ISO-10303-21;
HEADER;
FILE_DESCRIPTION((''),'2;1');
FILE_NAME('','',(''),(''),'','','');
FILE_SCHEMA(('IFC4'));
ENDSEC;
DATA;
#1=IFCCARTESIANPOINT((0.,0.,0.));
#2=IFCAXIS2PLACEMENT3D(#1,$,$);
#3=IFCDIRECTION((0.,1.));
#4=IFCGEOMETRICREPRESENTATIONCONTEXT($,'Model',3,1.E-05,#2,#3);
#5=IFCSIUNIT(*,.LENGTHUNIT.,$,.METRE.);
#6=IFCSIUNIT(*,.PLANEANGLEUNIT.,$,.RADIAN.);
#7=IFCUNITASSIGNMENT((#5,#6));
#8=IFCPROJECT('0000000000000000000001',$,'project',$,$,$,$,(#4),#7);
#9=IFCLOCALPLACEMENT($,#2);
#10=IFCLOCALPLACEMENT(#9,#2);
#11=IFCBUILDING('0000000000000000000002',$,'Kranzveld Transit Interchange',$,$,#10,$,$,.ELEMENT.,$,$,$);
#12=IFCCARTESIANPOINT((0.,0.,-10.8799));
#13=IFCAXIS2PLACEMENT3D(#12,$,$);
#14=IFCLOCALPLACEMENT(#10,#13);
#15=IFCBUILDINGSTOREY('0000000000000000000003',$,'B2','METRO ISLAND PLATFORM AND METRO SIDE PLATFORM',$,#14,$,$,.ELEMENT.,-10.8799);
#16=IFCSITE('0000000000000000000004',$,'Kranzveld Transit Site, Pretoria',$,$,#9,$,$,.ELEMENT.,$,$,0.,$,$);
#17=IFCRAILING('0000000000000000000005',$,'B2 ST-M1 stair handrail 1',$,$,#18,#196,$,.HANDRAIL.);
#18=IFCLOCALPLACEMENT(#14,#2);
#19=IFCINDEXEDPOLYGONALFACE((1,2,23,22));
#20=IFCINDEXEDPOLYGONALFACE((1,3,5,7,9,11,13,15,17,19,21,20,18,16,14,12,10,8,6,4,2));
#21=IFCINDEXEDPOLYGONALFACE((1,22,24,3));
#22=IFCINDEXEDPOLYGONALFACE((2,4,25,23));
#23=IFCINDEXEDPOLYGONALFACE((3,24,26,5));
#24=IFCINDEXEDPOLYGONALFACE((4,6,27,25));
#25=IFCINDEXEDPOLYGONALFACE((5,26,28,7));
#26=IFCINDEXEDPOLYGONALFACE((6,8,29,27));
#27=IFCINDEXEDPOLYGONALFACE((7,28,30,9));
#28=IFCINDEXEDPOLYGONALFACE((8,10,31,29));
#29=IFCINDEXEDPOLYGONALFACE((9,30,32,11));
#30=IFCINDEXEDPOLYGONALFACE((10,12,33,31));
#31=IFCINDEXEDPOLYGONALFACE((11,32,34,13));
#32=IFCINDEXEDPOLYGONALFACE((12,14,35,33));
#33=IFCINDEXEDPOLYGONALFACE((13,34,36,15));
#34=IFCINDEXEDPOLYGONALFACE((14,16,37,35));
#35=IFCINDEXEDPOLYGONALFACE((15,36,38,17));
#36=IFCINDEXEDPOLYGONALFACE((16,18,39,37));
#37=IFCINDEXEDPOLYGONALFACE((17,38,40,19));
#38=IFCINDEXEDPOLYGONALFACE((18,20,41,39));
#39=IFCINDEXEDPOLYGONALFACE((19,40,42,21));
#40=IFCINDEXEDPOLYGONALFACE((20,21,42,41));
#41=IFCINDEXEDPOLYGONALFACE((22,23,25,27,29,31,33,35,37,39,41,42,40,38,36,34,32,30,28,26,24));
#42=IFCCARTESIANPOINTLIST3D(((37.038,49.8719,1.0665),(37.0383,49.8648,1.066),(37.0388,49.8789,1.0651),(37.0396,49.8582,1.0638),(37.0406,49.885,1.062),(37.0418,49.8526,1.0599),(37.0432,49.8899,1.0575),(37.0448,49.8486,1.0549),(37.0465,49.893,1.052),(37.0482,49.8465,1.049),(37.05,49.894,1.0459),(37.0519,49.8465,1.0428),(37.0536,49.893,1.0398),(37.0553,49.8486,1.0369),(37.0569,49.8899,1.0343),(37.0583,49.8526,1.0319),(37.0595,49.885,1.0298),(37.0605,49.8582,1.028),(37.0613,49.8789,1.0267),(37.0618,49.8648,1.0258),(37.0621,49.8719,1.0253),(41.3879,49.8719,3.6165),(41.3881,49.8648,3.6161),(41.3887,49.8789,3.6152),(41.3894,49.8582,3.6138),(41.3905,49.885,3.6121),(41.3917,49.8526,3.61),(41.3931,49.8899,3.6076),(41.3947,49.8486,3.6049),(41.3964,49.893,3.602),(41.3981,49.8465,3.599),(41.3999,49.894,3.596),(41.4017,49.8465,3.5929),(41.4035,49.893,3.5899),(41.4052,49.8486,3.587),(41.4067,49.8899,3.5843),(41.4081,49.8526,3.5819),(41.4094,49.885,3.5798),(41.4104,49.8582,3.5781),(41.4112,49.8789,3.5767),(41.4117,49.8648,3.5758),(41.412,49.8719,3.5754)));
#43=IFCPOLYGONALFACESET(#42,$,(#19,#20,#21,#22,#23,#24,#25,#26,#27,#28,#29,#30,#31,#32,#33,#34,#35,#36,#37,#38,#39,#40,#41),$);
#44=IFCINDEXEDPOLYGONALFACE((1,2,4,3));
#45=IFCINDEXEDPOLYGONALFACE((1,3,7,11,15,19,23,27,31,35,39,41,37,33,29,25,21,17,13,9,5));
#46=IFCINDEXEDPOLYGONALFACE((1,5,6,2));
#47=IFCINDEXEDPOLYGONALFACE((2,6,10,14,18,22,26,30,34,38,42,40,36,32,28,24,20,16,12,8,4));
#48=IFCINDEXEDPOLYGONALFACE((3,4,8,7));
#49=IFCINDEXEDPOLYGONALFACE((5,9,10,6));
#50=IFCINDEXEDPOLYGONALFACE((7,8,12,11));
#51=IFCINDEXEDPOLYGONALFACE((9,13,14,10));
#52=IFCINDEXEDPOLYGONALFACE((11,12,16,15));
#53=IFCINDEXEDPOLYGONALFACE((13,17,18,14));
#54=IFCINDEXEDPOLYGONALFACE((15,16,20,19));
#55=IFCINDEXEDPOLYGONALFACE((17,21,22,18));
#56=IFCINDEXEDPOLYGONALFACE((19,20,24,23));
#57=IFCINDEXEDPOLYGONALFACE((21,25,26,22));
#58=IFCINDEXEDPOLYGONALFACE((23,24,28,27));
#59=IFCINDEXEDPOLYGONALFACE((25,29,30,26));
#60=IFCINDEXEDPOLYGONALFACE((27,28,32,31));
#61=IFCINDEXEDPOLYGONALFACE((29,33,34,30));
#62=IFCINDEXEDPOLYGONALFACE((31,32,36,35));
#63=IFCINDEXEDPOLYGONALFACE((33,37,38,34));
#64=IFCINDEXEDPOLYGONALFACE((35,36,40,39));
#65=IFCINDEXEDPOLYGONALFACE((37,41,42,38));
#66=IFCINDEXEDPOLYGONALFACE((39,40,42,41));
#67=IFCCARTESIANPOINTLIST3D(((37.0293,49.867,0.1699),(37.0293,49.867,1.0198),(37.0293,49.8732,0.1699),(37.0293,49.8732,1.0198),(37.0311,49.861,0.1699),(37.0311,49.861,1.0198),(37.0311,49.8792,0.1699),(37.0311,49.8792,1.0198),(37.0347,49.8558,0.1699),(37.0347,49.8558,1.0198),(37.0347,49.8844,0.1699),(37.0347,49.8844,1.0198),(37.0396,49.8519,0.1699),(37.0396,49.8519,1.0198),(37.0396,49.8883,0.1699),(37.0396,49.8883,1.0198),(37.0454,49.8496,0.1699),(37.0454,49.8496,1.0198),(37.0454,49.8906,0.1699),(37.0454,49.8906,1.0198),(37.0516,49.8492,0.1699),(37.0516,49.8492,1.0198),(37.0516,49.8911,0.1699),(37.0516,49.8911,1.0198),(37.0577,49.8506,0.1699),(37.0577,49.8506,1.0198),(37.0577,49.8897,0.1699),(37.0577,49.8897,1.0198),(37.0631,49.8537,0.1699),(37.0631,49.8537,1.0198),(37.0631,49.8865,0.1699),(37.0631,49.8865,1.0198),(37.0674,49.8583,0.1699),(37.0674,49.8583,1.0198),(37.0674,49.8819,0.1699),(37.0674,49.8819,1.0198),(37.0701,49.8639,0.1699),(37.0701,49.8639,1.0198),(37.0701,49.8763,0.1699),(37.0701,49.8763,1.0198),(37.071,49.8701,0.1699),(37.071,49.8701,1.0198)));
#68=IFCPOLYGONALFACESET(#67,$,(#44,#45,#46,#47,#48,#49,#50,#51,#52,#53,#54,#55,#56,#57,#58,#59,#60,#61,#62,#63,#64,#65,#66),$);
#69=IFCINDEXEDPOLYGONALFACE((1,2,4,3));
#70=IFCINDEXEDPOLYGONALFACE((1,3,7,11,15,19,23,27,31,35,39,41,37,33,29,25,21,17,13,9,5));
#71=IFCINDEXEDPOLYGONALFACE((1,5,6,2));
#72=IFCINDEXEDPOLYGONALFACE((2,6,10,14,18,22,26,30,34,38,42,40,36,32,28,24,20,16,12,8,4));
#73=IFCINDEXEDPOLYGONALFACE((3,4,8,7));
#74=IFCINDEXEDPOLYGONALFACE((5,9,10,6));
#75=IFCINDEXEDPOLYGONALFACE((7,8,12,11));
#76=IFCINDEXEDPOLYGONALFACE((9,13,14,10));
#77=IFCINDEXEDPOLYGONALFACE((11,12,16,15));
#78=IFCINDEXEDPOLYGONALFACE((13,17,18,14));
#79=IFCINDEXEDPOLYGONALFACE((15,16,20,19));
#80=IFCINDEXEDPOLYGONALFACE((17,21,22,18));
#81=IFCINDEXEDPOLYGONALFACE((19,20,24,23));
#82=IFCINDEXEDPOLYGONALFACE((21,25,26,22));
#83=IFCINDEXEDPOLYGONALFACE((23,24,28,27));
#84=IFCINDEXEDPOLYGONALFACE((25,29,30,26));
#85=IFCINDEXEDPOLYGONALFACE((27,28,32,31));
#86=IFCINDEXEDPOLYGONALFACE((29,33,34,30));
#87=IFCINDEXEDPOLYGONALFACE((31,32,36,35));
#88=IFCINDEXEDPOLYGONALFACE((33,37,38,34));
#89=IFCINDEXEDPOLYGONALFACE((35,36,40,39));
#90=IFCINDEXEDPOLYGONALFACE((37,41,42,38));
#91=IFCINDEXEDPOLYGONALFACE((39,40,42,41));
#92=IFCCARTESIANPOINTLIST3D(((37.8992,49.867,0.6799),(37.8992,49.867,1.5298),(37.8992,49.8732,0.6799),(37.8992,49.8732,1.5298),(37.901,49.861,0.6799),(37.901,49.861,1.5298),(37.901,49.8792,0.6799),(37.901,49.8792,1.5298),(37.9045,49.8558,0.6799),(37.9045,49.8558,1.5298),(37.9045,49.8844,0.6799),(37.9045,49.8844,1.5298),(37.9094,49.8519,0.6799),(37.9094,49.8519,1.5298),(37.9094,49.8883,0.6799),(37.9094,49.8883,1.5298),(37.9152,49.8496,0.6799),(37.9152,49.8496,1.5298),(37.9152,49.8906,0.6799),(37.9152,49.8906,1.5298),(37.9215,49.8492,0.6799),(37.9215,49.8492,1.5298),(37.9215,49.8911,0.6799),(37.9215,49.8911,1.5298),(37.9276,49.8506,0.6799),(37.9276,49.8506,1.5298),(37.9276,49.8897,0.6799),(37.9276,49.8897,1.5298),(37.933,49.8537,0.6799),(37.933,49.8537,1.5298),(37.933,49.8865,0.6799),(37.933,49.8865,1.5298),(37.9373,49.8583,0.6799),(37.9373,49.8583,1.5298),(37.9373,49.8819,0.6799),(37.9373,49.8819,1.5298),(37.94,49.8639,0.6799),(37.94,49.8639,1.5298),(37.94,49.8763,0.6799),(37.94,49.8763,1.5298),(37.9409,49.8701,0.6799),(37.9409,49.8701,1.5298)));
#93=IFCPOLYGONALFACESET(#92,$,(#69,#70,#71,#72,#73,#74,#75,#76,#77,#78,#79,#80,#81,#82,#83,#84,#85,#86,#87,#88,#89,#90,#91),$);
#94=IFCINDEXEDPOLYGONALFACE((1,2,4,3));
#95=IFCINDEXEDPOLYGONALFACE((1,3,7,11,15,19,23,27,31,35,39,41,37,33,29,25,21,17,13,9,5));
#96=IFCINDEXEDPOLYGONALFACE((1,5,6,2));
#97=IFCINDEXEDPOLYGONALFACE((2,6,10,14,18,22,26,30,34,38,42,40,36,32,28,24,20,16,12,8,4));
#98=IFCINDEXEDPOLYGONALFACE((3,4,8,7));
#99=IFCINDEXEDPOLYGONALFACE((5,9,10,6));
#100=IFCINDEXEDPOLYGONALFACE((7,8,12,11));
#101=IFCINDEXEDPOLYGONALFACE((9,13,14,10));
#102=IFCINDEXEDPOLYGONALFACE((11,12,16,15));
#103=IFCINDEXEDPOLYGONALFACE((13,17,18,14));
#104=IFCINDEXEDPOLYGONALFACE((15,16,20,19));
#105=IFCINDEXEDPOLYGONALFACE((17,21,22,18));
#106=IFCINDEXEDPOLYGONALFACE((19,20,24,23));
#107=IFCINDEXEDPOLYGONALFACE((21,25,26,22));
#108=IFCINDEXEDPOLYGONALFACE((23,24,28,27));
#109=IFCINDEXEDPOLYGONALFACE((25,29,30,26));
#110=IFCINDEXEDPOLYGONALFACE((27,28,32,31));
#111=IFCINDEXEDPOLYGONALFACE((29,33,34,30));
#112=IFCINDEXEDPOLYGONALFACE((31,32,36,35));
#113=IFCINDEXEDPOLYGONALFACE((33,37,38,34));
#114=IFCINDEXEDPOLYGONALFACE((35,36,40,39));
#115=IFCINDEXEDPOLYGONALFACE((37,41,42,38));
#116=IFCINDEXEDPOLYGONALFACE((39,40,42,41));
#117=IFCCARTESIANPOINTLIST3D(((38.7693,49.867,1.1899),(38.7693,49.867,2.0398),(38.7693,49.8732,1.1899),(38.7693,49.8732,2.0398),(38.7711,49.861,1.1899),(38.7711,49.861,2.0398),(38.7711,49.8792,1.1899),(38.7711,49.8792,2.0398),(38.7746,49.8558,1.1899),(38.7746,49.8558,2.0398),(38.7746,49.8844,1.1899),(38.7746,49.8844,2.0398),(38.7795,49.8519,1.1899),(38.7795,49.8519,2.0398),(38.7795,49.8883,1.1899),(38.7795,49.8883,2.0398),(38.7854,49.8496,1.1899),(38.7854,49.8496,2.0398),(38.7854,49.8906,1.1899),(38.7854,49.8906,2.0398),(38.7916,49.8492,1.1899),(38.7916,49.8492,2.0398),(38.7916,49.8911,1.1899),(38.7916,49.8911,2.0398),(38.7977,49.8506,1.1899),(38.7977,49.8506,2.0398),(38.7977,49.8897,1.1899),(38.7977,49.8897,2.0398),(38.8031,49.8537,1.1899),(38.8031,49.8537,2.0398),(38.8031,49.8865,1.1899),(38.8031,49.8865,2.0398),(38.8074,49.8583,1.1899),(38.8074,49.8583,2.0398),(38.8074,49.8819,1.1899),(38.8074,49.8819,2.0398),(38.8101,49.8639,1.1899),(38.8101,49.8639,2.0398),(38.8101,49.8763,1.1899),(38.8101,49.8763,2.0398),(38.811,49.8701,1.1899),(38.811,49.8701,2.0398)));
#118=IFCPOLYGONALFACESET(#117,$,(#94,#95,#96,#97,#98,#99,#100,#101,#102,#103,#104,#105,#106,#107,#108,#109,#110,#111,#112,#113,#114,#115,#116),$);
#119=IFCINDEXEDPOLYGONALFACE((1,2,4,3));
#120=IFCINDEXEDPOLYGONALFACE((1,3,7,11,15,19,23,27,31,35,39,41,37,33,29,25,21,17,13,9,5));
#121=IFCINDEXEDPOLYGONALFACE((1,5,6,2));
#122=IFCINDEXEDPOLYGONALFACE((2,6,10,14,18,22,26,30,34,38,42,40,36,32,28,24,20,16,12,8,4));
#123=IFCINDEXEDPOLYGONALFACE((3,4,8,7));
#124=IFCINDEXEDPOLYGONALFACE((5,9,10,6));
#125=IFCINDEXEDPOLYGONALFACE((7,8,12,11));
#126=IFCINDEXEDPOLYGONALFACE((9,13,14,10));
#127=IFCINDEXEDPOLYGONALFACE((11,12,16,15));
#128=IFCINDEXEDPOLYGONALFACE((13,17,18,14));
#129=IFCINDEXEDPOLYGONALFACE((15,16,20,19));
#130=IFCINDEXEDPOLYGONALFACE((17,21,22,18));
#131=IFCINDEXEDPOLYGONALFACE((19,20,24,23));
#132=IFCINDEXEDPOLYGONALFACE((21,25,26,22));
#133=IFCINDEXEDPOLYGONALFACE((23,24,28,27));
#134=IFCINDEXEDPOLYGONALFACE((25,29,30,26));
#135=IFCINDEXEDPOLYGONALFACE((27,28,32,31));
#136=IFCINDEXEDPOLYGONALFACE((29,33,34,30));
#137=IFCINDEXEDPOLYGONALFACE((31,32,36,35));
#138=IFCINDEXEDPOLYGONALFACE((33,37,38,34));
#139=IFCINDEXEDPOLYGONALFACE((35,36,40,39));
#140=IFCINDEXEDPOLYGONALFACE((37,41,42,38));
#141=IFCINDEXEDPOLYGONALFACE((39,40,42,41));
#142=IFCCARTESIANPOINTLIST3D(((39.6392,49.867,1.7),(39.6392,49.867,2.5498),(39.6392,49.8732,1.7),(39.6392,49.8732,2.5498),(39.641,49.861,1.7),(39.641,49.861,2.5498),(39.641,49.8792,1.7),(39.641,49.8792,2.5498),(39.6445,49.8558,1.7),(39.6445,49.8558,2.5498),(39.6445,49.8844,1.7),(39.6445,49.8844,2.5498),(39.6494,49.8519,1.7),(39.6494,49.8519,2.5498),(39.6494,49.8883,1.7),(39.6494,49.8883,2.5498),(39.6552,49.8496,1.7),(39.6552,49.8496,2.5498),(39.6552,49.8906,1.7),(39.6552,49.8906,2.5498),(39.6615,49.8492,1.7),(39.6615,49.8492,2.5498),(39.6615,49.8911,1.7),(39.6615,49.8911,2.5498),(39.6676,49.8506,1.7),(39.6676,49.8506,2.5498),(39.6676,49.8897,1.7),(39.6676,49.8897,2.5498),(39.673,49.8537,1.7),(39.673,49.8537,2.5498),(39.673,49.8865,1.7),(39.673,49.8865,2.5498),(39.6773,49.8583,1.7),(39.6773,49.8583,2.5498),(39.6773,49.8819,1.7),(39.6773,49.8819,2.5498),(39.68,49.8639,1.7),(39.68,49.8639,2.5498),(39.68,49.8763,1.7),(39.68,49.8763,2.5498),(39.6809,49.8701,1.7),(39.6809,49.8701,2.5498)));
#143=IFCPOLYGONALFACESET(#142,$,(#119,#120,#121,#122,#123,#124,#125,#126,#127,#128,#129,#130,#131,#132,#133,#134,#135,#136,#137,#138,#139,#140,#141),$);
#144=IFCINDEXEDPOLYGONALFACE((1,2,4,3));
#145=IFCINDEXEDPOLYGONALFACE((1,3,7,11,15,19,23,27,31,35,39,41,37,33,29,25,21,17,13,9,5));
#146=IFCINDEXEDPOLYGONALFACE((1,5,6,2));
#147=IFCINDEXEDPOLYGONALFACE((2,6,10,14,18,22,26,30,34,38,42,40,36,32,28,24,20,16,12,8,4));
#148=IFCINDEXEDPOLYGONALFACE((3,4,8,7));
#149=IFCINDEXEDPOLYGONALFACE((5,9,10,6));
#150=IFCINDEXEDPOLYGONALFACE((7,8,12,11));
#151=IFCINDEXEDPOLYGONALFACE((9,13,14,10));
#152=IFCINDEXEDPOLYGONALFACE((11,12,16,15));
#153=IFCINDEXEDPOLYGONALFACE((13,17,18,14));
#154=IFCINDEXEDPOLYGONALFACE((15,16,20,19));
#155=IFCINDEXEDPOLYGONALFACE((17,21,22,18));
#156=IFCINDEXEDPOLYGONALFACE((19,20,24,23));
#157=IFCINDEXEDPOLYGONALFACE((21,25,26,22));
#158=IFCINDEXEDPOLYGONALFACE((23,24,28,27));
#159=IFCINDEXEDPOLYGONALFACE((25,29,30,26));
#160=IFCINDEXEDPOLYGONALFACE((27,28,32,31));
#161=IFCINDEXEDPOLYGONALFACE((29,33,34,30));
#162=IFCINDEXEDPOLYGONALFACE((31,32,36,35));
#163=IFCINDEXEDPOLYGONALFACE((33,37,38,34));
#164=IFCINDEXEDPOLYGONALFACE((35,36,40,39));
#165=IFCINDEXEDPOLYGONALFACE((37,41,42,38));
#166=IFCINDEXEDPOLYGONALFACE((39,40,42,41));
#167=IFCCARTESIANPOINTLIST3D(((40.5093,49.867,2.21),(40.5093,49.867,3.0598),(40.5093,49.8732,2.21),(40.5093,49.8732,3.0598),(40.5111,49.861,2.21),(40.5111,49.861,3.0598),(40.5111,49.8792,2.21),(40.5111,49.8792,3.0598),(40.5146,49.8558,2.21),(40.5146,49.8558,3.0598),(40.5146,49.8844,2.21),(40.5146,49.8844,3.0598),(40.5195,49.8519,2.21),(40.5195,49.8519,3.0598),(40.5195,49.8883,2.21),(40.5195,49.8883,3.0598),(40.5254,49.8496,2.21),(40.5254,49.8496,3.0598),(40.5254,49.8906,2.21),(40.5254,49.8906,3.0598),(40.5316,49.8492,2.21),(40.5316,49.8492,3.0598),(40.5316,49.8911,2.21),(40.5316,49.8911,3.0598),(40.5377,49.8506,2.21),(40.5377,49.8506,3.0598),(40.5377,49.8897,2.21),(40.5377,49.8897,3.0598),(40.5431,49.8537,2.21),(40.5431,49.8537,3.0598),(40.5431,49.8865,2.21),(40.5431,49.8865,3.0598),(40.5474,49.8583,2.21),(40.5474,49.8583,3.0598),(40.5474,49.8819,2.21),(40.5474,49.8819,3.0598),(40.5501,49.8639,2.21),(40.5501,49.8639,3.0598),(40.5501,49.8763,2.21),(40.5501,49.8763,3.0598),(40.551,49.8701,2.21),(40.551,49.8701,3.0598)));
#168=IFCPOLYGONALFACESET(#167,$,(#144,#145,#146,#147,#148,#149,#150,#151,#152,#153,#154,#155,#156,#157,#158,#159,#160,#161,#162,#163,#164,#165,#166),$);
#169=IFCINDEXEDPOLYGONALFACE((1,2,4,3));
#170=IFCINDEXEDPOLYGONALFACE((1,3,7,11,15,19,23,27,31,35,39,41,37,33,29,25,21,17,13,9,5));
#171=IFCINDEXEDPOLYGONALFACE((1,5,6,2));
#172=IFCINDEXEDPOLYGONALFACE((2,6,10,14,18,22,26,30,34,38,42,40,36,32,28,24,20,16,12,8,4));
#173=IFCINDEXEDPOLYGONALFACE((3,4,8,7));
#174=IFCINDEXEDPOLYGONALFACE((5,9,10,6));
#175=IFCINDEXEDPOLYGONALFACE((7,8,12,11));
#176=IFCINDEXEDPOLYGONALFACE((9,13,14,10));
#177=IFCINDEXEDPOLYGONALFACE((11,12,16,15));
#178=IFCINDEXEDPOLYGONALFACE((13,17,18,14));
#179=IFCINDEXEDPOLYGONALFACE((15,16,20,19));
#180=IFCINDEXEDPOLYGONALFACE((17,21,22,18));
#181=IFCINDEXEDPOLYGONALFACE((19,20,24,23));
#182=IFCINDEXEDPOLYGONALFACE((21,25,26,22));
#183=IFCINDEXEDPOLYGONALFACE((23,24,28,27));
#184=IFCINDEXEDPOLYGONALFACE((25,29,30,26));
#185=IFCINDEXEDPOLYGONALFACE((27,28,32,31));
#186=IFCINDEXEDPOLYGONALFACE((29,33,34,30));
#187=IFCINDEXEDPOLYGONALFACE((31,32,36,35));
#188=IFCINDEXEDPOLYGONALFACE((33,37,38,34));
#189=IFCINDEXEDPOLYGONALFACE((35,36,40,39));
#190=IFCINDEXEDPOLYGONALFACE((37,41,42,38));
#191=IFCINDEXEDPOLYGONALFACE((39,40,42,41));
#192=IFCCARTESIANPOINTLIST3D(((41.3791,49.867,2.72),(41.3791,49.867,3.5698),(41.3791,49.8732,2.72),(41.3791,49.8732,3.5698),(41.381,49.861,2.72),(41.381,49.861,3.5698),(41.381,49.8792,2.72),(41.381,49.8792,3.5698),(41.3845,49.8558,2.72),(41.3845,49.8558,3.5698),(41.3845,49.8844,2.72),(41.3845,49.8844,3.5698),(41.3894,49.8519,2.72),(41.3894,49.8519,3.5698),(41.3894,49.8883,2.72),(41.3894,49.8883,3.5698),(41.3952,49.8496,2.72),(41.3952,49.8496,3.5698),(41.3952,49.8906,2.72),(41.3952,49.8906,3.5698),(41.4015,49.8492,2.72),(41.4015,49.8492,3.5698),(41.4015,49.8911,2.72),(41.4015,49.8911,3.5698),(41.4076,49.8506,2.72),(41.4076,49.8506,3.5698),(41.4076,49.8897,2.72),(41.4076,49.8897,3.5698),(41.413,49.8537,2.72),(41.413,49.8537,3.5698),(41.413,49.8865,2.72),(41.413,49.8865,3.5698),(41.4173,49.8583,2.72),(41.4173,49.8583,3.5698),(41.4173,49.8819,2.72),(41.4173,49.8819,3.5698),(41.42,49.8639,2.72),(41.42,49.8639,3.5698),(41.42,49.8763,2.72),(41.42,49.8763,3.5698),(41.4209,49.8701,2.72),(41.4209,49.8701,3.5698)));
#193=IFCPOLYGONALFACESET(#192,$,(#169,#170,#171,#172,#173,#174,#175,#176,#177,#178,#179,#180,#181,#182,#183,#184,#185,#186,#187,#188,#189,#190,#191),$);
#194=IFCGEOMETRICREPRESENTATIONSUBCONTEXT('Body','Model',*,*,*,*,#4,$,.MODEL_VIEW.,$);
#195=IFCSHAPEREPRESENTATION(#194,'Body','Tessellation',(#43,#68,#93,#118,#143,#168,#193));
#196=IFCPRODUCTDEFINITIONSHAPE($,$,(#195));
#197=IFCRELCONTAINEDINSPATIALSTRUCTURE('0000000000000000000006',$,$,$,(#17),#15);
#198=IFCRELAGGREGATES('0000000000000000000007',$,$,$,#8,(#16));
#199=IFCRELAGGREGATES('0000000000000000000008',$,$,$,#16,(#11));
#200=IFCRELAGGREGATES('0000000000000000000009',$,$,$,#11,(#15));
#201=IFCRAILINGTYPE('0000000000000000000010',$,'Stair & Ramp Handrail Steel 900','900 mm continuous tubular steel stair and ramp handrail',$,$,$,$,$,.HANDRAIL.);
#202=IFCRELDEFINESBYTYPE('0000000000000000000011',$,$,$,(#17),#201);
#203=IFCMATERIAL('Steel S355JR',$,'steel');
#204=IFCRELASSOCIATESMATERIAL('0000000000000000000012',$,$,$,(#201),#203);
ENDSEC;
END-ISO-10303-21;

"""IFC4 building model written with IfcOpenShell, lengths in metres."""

from ifc_helpers import new_model, si_unit, direction, frame, origin, origin_2d, place, context, subcontext, project, spatial, circle, extrude, material, type_object, element, save


model = new_model("IFC4")

# Units and contexts
model_context = context("Model", 3, precision=1e-05, world=origin(), true_north=direction((0.0, 1.0)))
body_context = subcontext(model_context, "Body", "Model", "MODEL_VIEW")
ifc_project = project(units=[si_unit("LENGTHUNIT", "METRE"), si_unit("PLANEANGLEUNIT", "RADIAN")], contexts=[model_context])

# Site, building, storey
site_placement = place(None, origin())
site = spatial("IfcSite", under=ifc_project, at=site_placement, Name="Kranzveld Transit Site, Pretoria", CompositionType="ELEMENT", RefElevation=0.0)
building_placement = place(site_placement, origin())
building = spatial("IfcBuilding", under=site, at=building_placement, Name="Kranzveld Transit Interchange", CompositionType="ELEMENT")
storey_placement = place(building_placement, frame((0.0, 0.0, -10.8799)))
storey = spatial("IfcBuildingStorey", under=building, at=storey_placement, Name="B2", Description="METRO ISLAND PLATFORM AND METRO SIDE PLATFORM", CompositionType="ELEMENT", Elevation=-10.8799)

# Railing
ifc_material_1 = material(Name="Steel S355JR", Category="steel")
railing_type_1 = type_object("IfcRailingType", Name="Stair & Ramp Handrail Steel 900", Description="900 mm continuous tubular steel stair and ramp handrail", PredefinedType="HANDRAIL", material=ifc_material_1)
railing_1_placement = place(storey_placement, frame((37.05, 49.8701, 0.1699)))
element("IfcRailing", 1, at=railing_1_placement, inside=storey, type_object=railing_type_1, Name="B2 ST-M1 stair handrail 1", PredefinedType="HANDRAIL", context=body_context, shape_type="SweptSolid", body=[
    extrude(circle(Radius=0.0239, at=origin_2d()), frame((0.0, 0.0, 0.876), z_axis=(0.862686, 0.0, 0.505739), x_axis=(0.0, 1.0, 0.0)), (0.0, 0.0, 1.0), 5.0422),
    extrude(circle(Radius=0.021, at=origin_2d()), origin(), (0.0, 0.0, 1.0), 0.8499),
    extrude(circle(Radius=0.021, at=origin_2d()), frame((0.8699, 0.0, 0.51)), (0.0, 0.0, 1.0), 0.8499),
    extrude(circle(Radius=0.021, at=origin_2d()), frame((1.74, 0.0, 1.02)), (0.0, 0.0, 1.0), 0.8499),
    extrude(circle(Radius=0.021, at=origin_2d()), frame((2.6099, 0.0, 1.53)), (0.0, 0.0, 1.0), 0.8499),
    extrude(circle(Radius=0.021, at=origin_2d()), frame((3.48, 0.0, 2.04)), (0.0, 0.0, 1.0), 0.8499),
    extrude(circle(Radius=0.021, at=origin_2d()), frame((4.3499, 0.0, 2.55)), (0.0, 0.0, 1.0), 0.8499),
])

save(model, "model.ifc")
